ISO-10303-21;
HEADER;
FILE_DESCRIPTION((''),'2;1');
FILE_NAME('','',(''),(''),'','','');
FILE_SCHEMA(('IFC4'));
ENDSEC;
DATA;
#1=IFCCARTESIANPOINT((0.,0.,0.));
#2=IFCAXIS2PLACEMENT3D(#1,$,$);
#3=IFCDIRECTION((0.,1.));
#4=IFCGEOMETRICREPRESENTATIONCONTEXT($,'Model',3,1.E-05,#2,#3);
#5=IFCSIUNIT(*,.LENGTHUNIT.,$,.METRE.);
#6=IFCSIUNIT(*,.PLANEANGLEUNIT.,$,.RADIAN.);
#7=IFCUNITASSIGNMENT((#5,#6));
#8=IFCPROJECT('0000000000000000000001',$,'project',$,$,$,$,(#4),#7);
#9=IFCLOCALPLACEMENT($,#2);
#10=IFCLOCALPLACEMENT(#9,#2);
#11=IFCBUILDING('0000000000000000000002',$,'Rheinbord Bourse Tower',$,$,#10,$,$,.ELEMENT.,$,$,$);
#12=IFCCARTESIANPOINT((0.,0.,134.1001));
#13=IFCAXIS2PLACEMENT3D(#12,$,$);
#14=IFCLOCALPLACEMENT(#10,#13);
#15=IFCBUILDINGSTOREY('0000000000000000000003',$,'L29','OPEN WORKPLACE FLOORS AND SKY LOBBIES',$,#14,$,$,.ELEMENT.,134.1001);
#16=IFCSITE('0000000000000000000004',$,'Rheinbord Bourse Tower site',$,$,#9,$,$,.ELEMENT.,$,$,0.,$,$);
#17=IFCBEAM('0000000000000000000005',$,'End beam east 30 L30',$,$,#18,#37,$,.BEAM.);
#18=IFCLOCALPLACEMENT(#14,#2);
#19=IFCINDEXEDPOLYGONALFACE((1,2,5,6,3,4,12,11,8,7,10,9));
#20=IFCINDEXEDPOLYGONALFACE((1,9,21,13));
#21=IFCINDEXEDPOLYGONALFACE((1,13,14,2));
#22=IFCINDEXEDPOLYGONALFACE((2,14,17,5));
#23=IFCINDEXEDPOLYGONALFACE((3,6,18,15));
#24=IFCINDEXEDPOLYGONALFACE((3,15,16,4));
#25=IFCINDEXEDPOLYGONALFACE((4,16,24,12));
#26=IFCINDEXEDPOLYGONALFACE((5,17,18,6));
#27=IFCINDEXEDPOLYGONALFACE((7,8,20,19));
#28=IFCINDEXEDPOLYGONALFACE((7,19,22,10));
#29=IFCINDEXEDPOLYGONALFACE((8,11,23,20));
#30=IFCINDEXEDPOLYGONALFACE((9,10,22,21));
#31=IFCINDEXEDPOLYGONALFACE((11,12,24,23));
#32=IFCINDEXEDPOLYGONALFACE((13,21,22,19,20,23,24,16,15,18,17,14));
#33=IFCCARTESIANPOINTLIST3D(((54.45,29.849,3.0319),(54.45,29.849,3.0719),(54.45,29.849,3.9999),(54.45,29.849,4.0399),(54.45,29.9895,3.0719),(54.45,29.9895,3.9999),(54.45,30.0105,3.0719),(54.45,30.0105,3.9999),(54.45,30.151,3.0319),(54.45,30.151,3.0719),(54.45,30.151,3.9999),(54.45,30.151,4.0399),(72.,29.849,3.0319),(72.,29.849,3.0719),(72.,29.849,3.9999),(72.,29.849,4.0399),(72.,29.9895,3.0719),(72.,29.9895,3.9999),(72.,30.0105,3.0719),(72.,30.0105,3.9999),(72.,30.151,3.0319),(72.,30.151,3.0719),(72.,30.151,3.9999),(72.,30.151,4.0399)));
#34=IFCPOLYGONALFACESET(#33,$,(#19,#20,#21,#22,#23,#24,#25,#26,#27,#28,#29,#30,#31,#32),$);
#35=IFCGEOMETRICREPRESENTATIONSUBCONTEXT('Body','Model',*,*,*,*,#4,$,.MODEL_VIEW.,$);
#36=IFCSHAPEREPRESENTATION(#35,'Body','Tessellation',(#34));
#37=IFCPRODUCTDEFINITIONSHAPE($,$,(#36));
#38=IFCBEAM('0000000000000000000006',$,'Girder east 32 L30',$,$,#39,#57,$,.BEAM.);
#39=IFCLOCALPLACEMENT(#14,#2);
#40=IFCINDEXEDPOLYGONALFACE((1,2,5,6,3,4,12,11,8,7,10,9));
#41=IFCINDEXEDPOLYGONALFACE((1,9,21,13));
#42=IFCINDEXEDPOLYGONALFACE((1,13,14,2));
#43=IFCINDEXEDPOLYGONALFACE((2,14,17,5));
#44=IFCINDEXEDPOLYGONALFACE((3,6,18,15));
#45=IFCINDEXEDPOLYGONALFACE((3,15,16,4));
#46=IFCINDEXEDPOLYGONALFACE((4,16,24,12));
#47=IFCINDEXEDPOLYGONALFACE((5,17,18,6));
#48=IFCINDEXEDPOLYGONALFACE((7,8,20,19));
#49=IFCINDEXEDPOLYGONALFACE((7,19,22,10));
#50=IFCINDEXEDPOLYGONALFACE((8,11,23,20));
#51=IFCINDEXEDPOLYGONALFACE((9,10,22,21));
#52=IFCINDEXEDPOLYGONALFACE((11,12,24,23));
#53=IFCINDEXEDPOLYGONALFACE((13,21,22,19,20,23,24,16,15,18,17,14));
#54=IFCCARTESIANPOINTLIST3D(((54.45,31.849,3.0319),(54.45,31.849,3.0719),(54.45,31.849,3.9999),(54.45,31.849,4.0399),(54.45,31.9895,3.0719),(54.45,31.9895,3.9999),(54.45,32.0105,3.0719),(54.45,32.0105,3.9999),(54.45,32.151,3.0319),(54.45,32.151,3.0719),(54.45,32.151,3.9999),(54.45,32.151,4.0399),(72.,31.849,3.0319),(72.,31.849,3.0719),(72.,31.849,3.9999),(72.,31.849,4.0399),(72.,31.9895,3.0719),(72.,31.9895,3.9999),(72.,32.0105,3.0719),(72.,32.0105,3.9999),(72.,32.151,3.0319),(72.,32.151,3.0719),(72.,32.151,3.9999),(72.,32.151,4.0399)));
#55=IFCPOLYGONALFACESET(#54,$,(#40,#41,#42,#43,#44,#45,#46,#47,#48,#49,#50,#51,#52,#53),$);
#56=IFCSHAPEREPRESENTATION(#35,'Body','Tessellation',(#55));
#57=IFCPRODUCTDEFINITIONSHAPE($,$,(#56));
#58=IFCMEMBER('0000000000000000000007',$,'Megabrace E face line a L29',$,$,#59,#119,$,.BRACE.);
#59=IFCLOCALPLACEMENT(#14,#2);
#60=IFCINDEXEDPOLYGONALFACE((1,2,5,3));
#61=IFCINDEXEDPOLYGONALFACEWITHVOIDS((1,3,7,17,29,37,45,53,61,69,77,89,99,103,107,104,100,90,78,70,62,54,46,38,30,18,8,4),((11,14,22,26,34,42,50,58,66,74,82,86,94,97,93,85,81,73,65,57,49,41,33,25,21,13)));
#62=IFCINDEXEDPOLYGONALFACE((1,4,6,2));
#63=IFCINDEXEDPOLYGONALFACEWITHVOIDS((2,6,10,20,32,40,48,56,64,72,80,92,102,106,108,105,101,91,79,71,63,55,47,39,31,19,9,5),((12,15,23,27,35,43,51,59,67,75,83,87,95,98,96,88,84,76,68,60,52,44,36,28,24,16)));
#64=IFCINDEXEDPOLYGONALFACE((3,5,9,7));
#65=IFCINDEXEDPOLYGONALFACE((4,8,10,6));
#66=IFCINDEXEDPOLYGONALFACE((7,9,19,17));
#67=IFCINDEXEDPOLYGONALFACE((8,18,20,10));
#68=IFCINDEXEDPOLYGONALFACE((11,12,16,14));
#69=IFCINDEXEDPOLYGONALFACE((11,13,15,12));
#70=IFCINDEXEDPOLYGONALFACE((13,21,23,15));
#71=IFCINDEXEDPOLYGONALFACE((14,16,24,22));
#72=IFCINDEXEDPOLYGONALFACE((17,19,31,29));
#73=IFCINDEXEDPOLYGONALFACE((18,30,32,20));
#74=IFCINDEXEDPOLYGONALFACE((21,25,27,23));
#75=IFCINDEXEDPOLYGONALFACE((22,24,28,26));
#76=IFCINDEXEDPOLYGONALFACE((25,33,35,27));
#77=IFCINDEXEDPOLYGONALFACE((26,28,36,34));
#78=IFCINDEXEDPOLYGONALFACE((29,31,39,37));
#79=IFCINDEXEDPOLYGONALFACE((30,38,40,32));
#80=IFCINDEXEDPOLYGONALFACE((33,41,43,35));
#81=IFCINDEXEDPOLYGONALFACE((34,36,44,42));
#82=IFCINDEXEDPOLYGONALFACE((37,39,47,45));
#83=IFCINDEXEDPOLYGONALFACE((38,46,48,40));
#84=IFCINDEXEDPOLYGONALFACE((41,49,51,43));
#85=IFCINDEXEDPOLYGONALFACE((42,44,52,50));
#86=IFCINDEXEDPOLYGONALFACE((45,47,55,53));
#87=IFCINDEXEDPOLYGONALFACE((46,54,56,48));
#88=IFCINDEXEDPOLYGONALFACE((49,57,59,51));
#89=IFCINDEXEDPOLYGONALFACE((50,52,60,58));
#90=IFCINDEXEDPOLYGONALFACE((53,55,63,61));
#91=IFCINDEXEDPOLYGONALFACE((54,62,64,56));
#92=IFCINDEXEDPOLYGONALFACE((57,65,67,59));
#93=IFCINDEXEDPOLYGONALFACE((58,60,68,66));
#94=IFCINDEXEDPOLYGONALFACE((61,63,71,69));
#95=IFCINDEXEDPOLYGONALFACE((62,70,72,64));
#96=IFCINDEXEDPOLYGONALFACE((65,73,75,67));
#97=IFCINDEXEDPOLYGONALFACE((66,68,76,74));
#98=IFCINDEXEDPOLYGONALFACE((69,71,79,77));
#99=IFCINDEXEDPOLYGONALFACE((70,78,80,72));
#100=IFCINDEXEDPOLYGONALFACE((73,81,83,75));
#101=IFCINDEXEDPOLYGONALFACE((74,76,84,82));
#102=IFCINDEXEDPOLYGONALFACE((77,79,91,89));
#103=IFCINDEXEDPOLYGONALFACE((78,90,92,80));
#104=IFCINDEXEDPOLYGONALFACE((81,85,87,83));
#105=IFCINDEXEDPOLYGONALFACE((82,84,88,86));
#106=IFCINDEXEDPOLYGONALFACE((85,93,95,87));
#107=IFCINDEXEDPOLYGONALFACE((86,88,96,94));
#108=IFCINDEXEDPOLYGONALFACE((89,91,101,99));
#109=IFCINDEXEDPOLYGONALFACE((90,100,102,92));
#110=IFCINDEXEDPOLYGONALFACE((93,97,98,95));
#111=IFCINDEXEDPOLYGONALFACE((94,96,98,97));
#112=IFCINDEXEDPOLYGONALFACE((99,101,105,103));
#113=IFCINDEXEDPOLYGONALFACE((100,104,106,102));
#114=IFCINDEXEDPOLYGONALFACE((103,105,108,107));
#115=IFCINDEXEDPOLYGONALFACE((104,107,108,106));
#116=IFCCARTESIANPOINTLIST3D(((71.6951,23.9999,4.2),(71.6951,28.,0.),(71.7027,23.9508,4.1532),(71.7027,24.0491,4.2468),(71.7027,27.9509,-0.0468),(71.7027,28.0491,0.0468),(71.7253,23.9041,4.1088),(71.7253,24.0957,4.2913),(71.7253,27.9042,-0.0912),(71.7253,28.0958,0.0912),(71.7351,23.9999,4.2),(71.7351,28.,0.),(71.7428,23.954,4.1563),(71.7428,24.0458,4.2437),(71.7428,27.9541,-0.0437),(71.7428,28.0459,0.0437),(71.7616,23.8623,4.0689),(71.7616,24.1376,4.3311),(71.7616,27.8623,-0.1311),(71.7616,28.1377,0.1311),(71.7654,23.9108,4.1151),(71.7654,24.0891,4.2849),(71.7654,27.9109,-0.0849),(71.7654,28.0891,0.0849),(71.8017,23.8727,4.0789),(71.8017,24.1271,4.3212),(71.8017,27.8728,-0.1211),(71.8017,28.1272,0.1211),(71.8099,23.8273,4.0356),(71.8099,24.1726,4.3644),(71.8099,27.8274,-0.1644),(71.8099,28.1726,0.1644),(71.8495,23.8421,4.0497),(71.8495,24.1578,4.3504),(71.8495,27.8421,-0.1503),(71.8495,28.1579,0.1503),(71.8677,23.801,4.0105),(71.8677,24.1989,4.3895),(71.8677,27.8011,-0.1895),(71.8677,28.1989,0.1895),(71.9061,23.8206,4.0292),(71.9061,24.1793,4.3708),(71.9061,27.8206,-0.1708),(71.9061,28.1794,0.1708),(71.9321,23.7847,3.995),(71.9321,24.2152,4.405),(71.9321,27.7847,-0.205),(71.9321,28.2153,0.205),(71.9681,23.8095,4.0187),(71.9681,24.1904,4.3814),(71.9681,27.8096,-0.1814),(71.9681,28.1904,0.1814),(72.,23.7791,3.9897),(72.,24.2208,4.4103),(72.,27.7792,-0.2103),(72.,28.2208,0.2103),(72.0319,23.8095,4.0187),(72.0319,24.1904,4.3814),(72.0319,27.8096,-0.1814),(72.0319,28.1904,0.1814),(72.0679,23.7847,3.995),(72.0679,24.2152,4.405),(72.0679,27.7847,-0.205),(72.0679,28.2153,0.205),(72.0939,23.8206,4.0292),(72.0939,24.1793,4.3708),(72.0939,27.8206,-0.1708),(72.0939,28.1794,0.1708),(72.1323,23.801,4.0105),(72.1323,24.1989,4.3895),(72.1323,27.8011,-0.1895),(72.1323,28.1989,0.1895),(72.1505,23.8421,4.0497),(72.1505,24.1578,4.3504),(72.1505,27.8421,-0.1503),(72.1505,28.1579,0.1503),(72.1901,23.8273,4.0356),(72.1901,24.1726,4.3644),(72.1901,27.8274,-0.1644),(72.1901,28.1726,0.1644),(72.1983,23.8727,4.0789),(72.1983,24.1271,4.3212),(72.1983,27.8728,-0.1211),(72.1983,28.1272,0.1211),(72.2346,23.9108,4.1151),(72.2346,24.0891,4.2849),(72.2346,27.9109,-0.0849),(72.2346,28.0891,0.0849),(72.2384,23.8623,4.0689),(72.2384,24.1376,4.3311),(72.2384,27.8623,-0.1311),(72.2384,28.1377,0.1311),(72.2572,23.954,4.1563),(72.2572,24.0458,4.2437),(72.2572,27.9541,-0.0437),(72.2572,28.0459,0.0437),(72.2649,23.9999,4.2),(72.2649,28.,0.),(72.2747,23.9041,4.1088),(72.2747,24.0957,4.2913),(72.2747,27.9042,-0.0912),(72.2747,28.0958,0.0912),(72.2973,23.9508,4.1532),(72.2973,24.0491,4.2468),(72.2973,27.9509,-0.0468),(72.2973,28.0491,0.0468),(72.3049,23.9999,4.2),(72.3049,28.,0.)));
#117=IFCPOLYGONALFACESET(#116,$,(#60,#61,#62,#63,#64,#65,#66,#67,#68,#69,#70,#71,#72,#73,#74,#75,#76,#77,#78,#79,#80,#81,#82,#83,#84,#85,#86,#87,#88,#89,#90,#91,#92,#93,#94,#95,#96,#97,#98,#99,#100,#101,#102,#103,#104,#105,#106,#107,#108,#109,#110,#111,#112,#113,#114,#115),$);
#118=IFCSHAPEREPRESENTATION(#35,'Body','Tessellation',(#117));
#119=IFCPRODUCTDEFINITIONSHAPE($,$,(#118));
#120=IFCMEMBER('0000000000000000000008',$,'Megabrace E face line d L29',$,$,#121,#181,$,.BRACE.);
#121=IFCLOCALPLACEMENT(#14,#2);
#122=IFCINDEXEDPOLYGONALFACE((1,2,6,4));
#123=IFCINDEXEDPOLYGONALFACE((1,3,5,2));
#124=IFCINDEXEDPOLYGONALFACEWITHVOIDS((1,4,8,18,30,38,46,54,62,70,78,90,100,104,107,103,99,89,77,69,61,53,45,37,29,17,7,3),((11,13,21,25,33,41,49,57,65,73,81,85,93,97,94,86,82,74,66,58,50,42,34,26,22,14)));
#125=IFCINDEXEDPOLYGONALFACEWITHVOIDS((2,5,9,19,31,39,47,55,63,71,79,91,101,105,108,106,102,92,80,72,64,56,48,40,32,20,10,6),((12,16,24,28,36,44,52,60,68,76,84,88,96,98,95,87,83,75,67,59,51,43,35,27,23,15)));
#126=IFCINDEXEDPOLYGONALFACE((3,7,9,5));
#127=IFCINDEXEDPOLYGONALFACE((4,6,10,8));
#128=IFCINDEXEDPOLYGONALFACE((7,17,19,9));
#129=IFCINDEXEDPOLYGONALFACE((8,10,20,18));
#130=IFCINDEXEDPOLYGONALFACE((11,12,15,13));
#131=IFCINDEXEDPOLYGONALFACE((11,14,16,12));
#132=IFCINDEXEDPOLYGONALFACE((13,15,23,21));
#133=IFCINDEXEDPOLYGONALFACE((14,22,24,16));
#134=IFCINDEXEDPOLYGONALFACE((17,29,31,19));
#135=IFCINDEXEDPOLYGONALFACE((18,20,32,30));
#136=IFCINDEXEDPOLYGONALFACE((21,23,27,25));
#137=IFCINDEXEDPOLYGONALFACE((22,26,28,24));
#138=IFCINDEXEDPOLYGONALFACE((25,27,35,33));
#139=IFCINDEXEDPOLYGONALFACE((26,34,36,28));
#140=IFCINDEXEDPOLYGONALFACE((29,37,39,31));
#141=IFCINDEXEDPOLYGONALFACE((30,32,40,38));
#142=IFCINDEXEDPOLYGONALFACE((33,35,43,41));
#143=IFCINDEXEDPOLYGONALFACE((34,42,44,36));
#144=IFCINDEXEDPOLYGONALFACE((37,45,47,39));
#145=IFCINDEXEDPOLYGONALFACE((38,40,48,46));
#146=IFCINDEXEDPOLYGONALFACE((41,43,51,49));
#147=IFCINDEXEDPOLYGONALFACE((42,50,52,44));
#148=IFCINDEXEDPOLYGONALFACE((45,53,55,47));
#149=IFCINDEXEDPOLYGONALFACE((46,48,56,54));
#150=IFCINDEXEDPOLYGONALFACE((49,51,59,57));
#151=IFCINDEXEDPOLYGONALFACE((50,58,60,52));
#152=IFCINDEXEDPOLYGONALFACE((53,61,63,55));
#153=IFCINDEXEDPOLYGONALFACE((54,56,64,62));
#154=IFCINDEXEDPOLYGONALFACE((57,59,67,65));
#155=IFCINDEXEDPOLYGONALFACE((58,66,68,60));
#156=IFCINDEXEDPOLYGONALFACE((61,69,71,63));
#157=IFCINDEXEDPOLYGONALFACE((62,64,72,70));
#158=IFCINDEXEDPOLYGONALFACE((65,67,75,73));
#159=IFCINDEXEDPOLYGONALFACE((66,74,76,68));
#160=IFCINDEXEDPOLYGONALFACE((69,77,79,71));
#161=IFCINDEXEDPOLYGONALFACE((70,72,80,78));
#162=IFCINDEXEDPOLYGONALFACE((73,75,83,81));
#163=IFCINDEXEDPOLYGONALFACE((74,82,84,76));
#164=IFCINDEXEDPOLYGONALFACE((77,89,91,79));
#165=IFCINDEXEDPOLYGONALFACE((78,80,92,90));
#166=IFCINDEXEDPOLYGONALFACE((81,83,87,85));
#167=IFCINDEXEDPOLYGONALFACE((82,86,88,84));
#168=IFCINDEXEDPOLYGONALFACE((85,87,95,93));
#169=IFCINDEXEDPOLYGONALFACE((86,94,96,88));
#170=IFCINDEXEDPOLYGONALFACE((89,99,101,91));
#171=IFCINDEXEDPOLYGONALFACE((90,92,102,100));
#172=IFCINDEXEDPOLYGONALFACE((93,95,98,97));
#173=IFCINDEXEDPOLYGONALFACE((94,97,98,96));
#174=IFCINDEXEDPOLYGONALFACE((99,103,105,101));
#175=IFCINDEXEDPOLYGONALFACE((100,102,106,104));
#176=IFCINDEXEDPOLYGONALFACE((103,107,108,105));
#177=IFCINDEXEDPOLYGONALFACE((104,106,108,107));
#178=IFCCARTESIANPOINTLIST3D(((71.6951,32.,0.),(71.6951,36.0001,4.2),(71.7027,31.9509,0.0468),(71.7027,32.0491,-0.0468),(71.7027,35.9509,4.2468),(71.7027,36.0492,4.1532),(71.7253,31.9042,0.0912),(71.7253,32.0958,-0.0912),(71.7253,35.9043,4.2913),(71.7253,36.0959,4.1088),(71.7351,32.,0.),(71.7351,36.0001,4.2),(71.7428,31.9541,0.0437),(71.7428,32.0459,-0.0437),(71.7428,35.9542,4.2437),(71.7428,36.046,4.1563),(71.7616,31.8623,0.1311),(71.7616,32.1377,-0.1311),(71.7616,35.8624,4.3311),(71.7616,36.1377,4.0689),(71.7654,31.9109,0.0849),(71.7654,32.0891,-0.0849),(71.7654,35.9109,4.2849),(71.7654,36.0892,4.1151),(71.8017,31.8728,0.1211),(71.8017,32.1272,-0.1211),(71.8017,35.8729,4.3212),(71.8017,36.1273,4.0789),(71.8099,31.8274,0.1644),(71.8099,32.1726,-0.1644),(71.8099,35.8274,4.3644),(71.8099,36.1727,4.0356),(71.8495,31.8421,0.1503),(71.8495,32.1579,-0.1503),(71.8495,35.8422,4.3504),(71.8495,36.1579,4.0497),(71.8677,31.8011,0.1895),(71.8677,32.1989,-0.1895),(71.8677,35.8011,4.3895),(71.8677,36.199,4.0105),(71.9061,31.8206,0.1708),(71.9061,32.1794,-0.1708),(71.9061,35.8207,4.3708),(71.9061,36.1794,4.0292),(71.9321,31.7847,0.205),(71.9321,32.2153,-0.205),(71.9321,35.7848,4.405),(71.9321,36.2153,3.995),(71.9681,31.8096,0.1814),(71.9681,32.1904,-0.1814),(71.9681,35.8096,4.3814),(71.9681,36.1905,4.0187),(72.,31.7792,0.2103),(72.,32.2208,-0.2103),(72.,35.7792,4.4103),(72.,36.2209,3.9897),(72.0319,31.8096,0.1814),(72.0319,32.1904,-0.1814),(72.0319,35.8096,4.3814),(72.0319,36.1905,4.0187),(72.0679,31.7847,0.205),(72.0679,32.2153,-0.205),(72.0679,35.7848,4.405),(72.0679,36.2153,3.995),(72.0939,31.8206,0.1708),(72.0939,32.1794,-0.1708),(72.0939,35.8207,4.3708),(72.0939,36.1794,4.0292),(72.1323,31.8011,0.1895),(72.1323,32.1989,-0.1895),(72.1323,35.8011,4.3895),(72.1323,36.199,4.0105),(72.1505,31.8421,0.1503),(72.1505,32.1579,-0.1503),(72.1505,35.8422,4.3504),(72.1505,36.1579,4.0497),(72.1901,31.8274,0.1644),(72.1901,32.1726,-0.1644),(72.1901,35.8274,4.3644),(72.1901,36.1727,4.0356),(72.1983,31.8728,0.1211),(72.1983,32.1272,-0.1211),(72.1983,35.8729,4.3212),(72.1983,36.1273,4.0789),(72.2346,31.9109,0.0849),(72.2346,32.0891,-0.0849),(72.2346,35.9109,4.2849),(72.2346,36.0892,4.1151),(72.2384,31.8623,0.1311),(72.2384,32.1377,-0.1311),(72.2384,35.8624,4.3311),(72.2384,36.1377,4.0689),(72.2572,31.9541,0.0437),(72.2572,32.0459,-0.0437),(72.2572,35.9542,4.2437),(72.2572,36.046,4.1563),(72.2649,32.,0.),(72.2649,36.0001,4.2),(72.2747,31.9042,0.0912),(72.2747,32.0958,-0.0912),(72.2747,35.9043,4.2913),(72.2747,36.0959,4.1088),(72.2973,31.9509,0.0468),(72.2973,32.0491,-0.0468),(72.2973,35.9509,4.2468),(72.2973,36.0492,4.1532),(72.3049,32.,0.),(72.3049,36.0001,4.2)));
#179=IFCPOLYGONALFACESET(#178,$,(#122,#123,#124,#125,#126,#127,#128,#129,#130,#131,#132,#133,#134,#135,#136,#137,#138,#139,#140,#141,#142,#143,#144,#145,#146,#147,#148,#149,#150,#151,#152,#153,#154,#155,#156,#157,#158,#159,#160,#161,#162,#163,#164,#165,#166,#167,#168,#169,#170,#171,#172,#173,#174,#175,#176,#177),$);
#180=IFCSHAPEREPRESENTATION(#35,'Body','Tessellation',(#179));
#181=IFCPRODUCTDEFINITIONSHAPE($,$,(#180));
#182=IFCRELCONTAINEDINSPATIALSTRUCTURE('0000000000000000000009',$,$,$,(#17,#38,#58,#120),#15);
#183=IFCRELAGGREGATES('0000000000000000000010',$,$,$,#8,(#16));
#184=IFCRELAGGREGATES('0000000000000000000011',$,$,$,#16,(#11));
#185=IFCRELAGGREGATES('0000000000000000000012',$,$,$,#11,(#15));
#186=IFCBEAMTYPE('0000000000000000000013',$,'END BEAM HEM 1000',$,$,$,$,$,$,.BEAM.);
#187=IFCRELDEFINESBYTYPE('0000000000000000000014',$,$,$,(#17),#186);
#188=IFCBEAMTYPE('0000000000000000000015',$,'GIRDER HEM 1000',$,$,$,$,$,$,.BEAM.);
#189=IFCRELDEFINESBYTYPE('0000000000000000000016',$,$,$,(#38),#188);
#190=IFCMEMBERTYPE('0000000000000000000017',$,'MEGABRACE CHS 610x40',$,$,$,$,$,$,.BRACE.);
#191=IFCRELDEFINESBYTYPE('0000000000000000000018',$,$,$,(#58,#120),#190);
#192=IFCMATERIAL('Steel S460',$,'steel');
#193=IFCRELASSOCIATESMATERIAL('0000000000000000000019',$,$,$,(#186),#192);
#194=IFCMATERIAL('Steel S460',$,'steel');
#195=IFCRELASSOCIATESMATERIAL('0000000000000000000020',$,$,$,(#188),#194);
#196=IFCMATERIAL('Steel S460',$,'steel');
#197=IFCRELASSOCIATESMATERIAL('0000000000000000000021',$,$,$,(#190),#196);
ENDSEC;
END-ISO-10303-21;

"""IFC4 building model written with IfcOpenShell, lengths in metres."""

from ifc_helpers import new_model, si_unit, direction, frame, origin, origin_2d, place, context, subcontext, project, spatial, hollow_circle, i_section, extrude, material, material_profile, profile_set, type_object, element, save


model = new_model("IFC4")

# Units and contexts
model_context = context("Model", 3, precision=1e-05, world=origin(), true_north=direction((0.0, 1.0)))
body_context = subcontext(model_context, "Body", "Model", "MODEL_VIEW")
ifc_project = project(units=[si_unit("LENGTHUNIT", "METRE"), si_unit("PLANEANGLEUNIT", "RADIAN")], contexts=[model_context])

# Site, building, storey
site_placement = place(None, origin())
site = spatial("IfcSite", under=ifc_project, at=site_placement, Name="Rheinbord Bourse Tower site", CompositionType="ELEMENT", RefElevation=0.0)
building_placement = place(site_placement, origin())
building = spatial("IfcBuilding", under=site, at=building_placement, Name="Rheinbord Bourse Tower", CompositionType="ELEMENT")
storey_placement = place(building_placement, frame((0.0, 0.0, 134.1001)))
storey = spatial("IfcBuildingStorey", under=building, at=storey_placement, Name="L29", Description="OPEN WORKPLACE FLOORS AND SKY LOBBIES", CompositionType="ELEMENT", Elevation=134.1001)

# Beams
ifc_material_1 = material(Name="Steel S460", Category="steel")
ifc_material_profile_1 = material_profile(ifc_material_1, i_section(OverallWidth=0.302, OverallDepth=1.0081, WebThickness=0.021, FlangeThickness=0.04, at=origin_2d()), Name="HEM 1000")
ifc_profile_set_1 = profile_set([ifc_material_profile_1], Name="Steel S460")
beam_type_1 = type_object("IfcBeamType", Name="END BEAM HEM 1000", PredefinedType="BEAM", material=ifc_profile_set_1)
beam_1_placement = place(storey_placement, frame((54.45, 30.0, 3.5359), z_axis=(1.0, 0.0, 0.0), x_axis=(0.0, 1.0, 0.0)))
element("IfcBeam", 1, at=beam_1_placement, inside=storey, type_object=beam_type_1, Name="End beam east 30 L30", PredefinedType="BEAM", context=body_context, shape_type="SweptSolid", body=[
    extrude(i_section(OverallWidth=0.302, OverallDepth=1.0081, WebThickness=0.021, FlangeThickness=0.04, at=origin_2d()), origin(), (0.0, 0.0, 1.0), 17.55),
])
ifc_material_2 = material(Name="Steel S460", Category="steel")
ifc_material_profile_2 = material_profile(ifc_material_2, i_section(OverallWidth=0.302, OverallDepth=1.0081, WebThickness=0.021, FlangeThickness=0.04, at=origin_2d()), Name="HEM 1000")
ifc_profile_set_2 = profile_set([ifc_material_profile_2], Name="Steel S460")
beam_type_2 = type_object("IfcBeamType", Name="GIRDER HEM 1000", PredefinedType="BEAM", material=ifc_profile_set_2)
beam_2_placement = place(storey_placement, frame((54.45, 32.0, 3.5359), z_axis=(1.0, 0.0, 0.0), x_axis=(0.0, 1.0, 0.0)))
element("IfcBeam", 2, at=beam_2_placement, inside=storey, type_object=beam_type_2, Name="Girder east 32 L30", PredefinedType="BEAM", context=body_context, shape_type="SweptSolid", body=[
    extrude(i_section(OverallWidth=0.302, OverallDepth=1.0081, WebThickness=0.021, FlangeThickness=0.04, at=origin_2d()), origin(), (0.0, 0.0, 1.0), 17.55),
])

# Members
ifc_material_3 = material(Name="Steel S460", Category="steel")
ifc_material_profile_3 = material_profile(ifc_material_3, hollow_circle(Radius=0.3049, WallThickness=0.04, at=origin_2d()), Name="CHS 610x40")
ifc_profile_set_3 = profile_set([ifc_material_profile_3], Name="Steel S460")
member_type_1 = type_object("IfcMemberType", Name="MEGABRACE CHS 610x40", PredefinedType="BRACE", material=ifc_profile_set_3)
for number, where, z_axis, x_axis, name in (
    (3, (72.0, 28.0, 0.0), (0.0, -0.689659, 0.724134), (1.0, 0.0, 0.0), "Megabrace E face line a L29"),
    (4, (72.0, 32.0, 0.0), (0.0, 0.689659, 0.724134), (-1.0, 0.0, 0.0), "Megabrace E face line d L29"),
):
    element("IfcMember", number, at=place(storey_placement, frame(where, z_axis=z_axis, x_axis=x_axis)), inside=storey, type_object=member_type_1, Name=name, PredefinedType="BRACE", context=body_context, shape_type="SweptSolid", body=[
        extrude(hollow_circle(Radius=0.3049, WallThickness=0.04, at=origin_2d()), origin(), (0.0, 0.0, 1.0), 5.8),
    ])

save(model, "model.ifc")
